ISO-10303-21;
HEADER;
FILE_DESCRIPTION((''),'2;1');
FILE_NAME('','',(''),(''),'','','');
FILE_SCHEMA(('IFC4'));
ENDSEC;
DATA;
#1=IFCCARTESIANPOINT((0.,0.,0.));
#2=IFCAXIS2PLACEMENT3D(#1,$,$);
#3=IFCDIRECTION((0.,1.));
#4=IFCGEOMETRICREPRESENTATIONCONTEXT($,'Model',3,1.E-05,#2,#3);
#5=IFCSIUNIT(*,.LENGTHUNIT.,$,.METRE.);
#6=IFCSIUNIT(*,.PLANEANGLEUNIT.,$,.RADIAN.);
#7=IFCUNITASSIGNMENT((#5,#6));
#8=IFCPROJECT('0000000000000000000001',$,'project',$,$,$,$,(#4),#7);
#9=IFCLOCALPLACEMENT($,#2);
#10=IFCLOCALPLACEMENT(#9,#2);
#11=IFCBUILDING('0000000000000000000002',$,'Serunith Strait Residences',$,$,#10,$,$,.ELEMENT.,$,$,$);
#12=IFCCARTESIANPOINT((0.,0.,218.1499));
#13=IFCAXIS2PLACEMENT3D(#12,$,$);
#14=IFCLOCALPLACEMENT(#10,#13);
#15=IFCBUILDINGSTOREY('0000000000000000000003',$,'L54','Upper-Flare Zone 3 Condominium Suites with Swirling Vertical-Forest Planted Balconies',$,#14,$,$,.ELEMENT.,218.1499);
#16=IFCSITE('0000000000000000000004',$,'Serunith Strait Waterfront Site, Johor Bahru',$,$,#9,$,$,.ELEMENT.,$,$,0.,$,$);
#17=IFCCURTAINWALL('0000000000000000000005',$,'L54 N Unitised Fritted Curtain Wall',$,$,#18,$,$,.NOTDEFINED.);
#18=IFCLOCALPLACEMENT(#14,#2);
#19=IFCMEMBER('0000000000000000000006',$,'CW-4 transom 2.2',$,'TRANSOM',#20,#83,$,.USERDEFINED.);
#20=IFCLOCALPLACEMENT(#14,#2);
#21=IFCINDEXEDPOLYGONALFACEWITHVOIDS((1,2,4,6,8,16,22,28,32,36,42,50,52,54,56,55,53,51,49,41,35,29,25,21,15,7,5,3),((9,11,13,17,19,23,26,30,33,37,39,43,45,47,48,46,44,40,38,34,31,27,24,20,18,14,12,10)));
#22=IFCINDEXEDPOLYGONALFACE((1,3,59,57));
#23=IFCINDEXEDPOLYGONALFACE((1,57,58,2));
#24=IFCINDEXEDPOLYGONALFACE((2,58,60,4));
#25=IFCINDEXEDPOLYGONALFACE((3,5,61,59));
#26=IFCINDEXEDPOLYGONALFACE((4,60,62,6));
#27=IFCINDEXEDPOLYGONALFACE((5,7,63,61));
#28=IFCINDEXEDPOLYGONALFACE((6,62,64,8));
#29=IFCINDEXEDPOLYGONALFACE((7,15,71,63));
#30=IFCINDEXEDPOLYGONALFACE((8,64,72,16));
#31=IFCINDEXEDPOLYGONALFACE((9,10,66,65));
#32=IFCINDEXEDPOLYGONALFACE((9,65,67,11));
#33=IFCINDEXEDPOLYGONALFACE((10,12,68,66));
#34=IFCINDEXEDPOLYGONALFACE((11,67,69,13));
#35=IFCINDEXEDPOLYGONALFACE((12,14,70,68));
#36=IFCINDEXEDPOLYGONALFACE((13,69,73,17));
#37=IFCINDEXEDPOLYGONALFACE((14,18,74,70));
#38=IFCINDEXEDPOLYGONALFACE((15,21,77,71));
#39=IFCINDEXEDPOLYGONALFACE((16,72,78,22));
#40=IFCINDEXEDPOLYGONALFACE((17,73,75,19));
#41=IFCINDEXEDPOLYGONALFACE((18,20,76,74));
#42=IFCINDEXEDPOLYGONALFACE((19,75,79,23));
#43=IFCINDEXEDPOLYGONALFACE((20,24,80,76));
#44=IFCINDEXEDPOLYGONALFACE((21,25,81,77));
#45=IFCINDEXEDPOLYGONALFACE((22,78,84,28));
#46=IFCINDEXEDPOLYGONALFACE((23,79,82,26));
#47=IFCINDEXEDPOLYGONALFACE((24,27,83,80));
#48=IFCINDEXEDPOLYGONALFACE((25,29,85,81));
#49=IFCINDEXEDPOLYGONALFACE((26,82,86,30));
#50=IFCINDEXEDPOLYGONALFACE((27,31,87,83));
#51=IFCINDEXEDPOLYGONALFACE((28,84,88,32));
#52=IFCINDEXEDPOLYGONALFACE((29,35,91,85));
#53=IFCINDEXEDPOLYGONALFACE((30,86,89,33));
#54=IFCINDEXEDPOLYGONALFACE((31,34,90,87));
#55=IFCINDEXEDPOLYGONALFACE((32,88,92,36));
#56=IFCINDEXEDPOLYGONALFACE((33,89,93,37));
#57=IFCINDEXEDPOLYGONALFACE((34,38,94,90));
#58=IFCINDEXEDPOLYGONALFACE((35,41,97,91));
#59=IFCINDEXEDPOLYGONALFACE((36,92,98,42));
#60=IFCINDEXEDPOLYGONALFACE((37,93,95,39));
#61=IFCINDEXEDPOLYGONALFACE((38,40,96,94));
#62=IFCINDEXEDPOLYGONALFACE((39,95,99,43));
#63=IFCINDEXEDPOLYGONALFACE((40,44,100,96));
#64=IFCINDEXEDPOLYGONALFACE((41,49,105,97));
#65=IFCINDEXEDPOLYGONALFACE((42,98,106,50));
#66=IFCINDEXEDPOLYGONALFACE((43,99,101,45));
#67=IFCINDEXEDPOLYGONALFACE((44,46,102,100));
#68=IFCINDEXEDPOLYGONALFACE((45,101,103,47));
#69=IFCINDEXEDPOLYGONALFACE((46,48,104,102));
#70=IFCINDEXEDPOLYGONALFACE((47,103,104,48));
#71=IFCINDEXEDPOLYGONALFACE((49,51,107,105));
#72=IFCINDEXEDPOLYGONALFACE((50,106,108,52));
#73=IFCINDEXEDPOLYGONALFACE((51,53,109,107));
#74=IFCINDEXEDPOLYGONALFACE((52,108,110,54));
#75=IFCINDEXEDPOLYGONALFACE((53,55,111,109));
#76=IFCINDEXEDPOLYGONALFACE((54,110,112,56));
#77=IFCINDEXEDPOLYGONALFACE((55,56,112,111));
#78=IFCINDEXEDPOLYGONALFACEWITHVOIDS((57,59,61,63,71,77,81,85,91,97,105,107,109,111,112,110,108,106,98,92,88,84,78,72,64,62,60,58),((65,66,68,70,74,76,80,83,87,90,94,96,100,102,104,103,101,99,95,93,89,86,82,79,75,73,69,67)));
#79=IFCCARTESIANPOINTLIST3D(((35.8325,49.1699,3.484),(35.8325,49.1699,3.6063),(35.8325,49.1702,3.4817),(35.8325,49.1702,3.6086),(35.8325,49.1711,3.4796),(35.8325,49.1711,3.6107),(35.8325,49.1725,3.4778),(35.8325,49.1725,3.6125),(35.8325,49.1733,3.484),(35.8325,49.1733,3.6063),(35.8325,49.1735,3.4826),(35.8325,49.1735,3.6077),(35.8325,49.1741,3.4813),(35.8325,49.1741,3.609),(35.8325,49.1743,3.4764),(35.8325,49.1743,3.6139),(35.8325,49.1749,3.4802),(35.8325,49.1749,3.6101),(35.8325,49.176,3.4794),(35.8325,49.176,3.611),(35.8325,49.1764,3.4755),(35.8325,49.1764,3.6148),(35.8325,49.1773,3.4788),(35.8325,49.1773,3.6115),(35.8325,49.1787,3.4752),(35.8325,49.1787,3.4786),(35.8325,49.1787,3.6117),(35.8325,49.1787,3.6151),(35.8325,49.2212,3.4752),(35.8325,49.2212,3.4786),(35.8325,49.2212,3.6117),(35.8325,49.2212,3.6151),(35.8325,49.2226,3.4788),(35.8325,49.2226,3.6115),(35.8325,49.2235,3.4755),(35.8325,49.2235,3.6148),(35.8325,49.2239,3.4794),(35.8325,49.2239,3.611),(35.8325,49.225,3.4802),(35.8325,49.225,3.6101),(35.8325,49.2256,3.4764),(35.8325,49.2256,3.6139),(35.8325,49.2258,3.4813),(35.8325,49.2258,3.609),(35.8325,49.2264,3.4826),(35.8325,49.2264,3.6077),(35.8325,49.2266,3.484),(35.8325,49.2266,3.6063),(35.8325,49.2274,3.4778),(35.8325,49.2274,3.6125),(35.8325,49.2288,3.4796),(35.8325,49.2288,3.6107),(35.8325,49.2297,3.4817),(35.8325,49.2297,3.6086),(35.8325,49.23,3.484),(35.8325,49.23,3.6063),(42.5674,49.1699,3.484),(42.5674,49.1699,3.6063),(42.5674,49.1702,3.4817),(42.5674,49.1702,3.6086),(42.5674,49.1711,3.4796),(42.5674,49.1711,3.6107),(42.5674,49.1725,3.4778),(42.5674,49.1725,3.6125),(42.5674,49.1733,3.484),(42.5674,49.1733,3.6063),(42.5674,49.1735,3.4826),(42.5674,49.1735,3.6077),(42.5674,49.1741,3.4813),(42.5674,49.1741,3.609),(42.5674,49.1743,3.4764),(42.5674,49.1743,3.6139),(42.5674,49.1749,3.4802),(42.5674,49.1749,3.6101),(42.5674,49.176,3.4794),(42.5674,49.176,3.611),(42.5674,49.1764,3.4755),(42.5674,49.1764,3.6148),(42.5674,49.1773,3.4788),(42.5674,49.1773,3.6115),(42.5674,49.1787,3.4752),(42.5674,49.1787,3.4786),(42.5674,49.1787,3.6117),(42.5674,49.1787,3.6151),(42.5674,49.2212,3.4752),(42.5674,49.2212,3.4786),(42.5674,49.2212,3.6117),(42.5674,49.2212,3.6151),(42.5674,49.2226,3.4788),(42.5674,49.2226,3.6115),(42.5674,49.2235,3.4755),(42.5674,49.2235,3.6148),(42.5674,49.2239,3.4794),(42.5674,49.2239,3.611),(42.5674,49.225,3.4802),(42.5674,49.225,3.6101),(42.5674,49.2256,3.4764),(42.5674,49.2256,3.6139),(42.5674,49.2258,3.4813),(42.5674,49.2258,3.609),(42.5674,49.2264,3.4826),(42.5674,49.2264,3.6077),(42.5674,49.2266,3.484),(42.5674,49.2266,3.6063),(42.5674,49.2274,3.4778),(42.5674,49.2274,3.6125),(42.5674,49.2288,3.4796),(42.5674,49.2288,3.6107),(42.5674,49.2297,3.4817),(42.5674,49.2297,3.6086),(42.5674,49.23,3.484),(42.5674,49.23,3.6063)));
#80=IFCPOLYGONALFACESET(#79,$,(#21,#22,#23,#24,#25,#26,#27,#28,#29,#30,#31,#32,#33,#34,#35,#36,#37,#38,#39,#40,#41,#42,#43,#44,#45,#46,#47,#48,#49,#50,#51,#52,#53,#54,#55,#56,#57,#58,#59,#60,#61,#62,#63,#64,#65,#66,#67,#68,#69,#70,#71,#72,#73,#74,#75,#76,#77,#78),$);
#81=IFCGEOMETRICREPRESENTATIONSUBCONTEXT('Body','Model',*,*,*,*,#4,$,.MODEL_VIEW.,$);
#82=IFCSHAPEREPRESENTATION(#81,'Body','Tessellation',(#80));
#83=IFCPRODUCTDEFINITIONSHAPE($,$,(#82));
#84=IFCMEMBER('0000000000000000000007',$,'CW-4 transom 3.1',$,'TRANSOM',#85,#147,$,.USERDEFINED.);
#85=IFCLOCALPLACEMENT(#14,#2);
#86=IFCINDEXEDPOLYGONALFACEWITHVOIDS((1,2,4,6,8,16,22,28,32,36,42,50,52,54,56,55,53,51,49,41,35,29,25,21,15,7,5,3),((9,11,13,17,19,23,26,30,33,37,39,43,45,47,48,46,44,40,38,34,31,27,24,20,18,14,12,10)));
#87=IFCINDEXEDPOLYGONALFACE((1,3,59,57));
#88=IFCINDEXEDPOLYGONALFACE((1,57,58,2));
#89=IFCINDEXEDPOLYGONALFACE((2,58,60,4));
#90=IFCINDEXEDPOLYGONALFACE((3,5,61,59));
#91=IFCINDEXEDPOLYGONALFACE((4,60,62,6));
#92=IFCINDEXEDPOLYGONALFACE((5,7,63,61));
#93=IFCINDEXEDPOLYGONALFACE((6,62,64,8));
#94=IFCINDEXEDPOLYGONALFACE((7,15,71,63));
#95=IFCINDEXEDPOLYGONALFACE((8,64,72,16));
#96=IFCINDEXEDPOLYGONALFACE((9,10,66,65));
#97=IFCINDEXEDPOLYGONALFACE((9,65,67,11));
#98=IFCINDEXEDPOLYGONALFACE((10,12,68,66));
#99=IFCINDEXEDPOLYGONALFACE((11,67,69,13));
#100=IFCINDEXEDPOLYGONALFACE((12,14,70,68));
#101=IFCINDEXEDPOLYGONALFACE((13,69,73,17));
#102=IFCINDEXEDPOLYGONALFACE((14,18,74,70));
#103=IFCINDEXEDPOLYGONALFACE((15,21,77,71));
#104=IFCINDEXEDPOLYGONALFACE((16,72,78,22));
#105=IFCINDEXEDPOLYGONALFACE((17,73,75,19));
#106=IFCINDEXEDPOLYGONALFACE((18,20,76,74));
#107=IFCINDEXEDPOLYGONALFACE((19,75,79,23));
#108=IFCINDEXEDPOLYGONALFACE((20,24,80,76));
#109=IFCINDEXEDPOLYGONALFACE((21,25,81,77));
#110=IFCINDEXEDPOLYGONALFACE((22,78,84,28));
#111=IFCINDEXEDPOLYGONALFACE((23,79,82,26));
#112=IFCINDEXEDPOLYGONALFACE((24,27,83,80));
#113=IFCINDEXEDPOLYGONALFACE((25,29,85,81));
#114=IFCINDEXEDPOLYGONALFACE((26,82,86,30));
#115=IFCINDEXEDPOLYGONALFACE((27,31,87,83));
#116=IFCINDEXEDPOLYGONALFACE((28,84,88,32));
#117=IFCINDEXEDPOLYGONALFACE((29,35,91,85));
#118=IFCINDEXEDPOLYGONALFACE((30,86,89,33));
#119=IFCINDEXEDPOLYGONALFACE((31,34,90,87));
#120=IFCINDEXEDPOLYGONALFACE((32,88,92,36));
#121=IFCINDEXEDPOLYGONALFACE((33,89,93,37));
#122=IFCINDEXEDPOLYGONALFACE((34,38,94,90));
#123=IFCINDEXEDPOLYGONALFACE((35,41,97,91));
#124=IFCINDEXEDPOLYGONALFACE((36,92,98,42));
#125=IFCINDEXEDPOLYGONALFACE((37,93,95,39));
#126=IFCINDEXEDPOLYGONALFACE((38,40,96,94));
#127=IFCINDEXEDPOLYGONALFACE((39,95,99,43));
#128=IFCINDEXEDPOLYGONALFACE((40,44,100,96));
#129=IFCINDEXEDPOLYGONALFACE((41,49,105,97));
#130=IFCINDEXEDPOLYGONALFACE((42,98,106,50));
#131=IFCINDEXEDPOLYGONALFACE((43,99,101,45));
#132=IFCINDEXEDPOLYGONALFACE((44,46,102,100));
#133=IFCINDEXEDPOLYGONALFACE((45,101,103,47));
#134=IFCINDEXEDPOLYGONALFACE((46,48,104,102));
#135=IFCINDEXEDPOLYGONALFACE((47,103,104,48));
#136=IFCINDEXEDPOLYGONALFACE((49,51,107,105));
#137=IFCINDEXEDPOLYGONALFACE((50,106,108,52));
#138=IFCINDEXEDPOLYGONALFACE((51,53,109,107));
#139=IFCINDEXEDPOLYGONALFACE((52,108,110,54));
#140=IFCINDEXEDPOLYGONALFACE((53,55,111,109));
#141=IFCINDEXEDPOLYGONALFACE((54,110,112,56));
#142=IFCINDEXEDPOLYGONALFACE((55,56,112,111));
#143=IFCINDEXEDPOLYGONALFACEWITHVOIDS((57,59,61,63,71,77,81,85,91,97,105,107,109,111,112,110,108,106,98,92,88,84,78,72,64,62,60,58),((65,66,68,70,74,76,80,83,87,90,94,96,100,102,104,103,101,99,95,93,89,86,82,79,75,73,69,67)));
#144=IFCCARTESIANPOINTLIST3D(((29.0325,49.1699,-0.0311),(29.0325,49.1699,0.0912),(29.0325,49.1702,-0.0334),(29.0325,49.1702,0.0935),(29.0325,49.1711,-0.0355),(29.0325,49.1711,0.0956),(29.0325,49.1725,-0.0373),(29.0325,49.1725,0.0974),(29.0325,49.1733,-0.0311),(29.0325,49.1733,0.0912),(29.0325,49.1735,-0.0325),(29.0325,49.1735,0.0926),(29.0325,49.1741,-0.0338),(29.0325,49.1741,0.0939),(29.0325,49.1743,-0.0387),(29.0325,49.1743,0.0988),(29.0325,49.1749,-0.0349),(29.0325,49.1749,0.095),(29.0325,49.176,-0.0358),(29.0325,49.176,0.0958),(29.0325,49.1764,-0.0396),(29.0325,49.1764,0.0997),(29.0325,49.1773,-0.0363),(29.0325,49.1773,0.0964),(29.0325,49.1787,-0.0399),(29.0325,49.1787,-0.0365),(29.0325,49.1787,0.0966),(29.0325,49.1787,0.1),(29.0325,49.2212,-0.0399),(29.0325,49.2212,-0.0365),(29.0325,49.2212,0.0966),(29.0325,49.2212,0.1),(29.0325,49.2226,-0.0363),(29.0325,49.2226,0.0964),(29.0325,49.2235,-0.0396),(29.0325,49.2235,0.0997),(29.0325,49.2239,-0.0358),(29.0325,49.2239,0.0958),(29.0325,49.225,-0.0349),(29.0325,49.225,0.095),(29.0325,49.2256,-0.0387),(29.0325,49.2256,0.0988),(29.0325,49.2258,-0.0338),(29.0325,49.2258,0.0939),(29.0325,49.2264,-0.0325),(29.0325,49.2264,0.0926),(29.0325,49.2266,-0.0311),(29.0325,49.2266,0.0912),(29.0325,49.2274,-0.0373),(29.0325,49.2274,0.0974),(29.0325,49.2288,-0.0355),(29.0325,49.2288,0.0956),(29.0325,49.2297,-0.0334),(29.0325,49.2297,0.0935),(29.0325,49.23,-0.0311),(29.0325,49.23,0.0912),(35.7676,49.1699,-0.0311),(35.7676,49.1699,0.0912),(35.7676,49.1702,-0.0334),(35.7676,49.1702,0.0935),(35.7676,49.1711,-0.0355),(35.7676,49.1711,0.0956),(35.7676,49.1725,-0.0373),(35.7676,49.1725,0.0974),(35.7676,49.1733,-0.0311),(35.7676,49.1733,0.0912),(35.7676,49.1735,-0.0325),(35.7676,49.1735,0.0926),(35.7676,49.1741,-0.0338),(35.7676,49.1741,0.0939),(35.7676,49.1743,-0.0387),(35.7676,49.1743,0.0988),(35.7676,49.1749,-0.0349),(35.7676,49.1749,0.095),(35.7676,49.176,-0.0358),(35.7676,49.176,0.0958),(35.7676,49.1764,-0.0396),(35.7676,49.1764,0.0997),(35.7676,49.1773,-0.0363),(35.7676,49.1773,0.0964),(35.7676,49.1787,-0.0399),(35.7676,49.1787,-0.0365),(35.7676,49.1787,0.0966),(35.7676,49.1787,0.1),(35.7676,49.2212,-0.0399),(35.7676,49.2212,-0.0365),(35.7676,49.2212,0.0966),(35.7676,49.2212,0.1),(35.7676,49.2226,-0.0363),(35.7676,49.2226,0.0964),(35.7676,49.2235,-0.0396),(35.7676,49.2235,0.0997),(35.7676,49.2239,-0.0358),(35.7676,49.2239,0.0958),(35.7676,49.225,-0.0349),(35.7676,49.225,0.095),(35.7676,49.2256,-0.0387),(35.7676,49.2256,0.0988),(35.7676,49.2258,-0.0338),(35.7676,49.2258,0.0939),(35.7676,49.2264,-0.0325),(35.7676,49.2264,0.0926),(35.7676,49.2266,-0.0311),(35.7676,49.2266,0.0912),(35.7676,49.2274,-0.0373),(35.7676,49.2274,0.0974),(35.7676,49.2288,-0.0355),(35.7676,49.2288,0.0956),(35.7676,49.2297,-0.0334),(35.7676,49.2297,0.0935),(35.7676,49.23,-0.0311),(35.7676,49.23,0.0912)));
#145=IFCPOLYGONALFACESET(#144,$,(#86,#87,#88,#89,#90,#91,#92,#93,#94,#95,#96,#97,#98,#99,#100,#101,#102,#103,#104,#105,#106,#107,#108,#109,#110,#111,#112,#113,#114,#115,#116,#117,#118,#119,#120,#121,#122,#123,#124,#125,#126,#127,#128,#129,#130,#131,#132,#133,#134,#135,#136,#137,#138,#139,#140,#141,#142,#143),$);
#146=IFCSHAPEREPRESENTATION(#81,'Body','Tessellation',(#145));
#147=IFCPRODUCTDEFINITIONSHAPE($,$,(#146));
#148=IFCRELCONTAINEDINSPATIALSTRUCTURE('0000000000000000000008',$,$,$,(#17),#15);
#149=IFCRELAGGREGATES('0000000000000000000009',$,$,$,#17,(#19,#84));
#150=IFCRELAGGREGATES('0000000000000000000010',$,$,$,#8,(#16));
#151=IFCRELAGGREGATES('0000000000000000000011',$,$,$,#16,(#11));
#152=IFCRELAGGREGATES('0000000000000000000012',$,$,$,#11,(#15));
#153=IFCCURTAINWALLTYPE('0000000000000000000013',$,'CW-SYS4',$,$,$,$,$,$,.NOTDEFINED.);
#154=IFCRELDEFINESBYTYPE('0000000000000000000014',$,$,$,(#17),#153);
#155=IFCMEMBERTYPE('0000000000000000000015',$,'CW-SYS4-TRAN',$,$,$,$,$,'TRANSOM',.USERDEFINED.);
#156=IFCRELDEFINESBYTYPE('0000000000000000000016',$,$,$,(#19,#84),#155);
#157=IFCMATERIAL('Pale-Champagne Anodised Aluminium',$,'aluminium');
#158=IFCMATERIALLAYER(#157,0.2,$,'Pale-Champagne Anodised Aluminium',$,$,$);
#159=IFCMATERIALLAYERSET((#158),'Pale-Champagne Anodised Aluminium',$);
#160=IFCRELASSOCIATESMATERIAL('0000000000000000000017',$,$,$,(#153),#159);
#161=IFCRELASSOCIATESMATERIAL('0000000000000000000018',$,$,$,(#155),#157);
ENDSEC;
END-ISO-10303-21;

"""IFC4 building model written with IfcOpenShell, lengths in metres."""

from ifc_helpers import new_model, si_unit, direction, frame, origin, origin_2d, place, context, subcontext, project, spatial, hollow_rectangle, extrude, source, transform, mapped, material, layer, layer_set, material_profile, profile_set, type_object, element, aggregate, save


model = new_model("IFC4")

# Units and contexts
model_context = context("Model", 3, precision=1e-05, world=origin(), true_north=direction((0.0, 1.0)))
body_context = subcontext(model_context, "Body", "Model", "MODEL_VIEW")
ifc_project = project(units=[si_unit("LENGTHUNIT", "METRE"), si_unit("PLANEANGLEUNIT", "RADIAN")], contexts=[model_context])

# Site, building, storey
site_placement = place(None, origin())
site = spatial("IfcSite", under=ifc_project, at=site_placement, Name="Serunith Strait Waterfront Site, Johor Bahru", CompositionType="ELEMENT", RefElevation=0.0)
building_placement = place(site_placement, origin())
building = spatial("IfcBuilding", under=site, at=building_placement, Name="Serunith Strait Residences", CompositionType="ELEMENT")
storey_placement = place(building_placement, frame((0.0, 0.0, 218.1499)))
storey = spatial("IfcBuildingStorey", under=building, at=storey_placement, Name="L54", Description="Upper-Flare Zone 3 Condominium Suites with Swirling Vertical-Forest Planted Balconies", CompositionType="ELEMENT", Elevation=218.1499)

# Curtain wall, members
ifc_material_1 = material(Name="Pale-Champagne Anodised Aluminium", Category="aluminium")
ifc_layer_1 = layer(ifc_material_1, 0.2, Name="Pale-Champagne Anodised Aluminium")
ifc_layer_set_1 = layer_set([ifc_layer_1], Name="Pale-Champagne Anodised Aluminium")
curtain_wall_type = type_object("IfcCurtainWallType", Name="CW-SYS4", PredefinedType="NOTDEFINED", material=ifc_layer_set_1)
curtain_wall_placement = place(storey_placement, origin())
curtain_wall = element("IfcCurtainWall", 1, at=curtain_wall_placement, inside=storey, type_object=curtain_wall_type, Name="L54 N Unitised Fritted Curtain Wall", PredefinedType="NOTDEFINED")
ifc_material_profile_1 = material_profile(ifc_material_1, hollow_rectangle(XDim=0.0601, YDim=0.1399, WallThickness=0.0034, InnerFilletRadius=0.0054, OuterFilletRadius=0.0088, at=origin_2d()), Name="ALU 140x60x3.5")
ifc_profile_set_1 = profile_set([ifc_material_profile_1], Name="Pale-Champagne Anodised Aluminium")
member_type_1 = type_object("IfcMemberType", Name="CW-SYS4-TRAN", ElementType="TRANSOM", PredefinedType="USERDEFINED", material=ifc_profile_set_1)
shared_shape_1 = source(origin(), body_context, "Body", "SweptSolid", [
    extrude(hollow_rectangle(XDim=0.0601, YDim=0.1399, WallThickness=0.0034, InnerFilletRadius=0.0054, OuterFilletRadius=0.0088, at=origin_2d()), origin(), (0.0, 0.0, 1.0), 6.7349),
])
member_1_placement = place(storey_placement, frame((42.5674, 49.2, 3.5452), z_axis=(-1.0, 0.0, 0.0), x_axis=(0.0, -1.0, 0.0)))
member_1 = element("IfcMember", 2, at=member_1_placement, type_object=member_type_1, Name="CW-4 transom 2.2", ObjectType="TRANSOM", PredefinedType="USERDEFINED", context=body_context, shape_type="MappedRepresentation", body=[
    mapped(shared_shape_1, transform((0.0, 0.0, 0.0), scale=1.0)),
])
shared_shape_2 = source(origin(), body_context, "Body", "SweptSolid", [
    extrude(hollow_rectangle(XDim=0.0601, YDim=0.1399, WallThickness=0.0034, InnerFilletRadius=0.0054, OuterFilletRadius=0.0088, at=origin_2d()), origin(), (0.0, 0.0, 1.0), 6.7351),
])
member_2_placement = place(storey_placement, frame((35.7676, 49.2, 0.03), z_axis=(-1.0, 0.0, 0.0), x_axis=(0.0, -1.0, 0.0)))
member_2 = element("IfcMember", 3, at=member_2_placement, type_object=member_type_1, Name="CW-4 transom 3.1", ObjectType="TRANSOM", PredefinedType="USERDEFINED", context=body_context, shape_type="MappedRepresentation", body=[
    mapped(shared_shape_2, transform((0.0, 0.0, 0.0), scale=1.0)),
])
aggregate(curtain_wall, [member_1, member_2])

save(model, "model.ifc")
